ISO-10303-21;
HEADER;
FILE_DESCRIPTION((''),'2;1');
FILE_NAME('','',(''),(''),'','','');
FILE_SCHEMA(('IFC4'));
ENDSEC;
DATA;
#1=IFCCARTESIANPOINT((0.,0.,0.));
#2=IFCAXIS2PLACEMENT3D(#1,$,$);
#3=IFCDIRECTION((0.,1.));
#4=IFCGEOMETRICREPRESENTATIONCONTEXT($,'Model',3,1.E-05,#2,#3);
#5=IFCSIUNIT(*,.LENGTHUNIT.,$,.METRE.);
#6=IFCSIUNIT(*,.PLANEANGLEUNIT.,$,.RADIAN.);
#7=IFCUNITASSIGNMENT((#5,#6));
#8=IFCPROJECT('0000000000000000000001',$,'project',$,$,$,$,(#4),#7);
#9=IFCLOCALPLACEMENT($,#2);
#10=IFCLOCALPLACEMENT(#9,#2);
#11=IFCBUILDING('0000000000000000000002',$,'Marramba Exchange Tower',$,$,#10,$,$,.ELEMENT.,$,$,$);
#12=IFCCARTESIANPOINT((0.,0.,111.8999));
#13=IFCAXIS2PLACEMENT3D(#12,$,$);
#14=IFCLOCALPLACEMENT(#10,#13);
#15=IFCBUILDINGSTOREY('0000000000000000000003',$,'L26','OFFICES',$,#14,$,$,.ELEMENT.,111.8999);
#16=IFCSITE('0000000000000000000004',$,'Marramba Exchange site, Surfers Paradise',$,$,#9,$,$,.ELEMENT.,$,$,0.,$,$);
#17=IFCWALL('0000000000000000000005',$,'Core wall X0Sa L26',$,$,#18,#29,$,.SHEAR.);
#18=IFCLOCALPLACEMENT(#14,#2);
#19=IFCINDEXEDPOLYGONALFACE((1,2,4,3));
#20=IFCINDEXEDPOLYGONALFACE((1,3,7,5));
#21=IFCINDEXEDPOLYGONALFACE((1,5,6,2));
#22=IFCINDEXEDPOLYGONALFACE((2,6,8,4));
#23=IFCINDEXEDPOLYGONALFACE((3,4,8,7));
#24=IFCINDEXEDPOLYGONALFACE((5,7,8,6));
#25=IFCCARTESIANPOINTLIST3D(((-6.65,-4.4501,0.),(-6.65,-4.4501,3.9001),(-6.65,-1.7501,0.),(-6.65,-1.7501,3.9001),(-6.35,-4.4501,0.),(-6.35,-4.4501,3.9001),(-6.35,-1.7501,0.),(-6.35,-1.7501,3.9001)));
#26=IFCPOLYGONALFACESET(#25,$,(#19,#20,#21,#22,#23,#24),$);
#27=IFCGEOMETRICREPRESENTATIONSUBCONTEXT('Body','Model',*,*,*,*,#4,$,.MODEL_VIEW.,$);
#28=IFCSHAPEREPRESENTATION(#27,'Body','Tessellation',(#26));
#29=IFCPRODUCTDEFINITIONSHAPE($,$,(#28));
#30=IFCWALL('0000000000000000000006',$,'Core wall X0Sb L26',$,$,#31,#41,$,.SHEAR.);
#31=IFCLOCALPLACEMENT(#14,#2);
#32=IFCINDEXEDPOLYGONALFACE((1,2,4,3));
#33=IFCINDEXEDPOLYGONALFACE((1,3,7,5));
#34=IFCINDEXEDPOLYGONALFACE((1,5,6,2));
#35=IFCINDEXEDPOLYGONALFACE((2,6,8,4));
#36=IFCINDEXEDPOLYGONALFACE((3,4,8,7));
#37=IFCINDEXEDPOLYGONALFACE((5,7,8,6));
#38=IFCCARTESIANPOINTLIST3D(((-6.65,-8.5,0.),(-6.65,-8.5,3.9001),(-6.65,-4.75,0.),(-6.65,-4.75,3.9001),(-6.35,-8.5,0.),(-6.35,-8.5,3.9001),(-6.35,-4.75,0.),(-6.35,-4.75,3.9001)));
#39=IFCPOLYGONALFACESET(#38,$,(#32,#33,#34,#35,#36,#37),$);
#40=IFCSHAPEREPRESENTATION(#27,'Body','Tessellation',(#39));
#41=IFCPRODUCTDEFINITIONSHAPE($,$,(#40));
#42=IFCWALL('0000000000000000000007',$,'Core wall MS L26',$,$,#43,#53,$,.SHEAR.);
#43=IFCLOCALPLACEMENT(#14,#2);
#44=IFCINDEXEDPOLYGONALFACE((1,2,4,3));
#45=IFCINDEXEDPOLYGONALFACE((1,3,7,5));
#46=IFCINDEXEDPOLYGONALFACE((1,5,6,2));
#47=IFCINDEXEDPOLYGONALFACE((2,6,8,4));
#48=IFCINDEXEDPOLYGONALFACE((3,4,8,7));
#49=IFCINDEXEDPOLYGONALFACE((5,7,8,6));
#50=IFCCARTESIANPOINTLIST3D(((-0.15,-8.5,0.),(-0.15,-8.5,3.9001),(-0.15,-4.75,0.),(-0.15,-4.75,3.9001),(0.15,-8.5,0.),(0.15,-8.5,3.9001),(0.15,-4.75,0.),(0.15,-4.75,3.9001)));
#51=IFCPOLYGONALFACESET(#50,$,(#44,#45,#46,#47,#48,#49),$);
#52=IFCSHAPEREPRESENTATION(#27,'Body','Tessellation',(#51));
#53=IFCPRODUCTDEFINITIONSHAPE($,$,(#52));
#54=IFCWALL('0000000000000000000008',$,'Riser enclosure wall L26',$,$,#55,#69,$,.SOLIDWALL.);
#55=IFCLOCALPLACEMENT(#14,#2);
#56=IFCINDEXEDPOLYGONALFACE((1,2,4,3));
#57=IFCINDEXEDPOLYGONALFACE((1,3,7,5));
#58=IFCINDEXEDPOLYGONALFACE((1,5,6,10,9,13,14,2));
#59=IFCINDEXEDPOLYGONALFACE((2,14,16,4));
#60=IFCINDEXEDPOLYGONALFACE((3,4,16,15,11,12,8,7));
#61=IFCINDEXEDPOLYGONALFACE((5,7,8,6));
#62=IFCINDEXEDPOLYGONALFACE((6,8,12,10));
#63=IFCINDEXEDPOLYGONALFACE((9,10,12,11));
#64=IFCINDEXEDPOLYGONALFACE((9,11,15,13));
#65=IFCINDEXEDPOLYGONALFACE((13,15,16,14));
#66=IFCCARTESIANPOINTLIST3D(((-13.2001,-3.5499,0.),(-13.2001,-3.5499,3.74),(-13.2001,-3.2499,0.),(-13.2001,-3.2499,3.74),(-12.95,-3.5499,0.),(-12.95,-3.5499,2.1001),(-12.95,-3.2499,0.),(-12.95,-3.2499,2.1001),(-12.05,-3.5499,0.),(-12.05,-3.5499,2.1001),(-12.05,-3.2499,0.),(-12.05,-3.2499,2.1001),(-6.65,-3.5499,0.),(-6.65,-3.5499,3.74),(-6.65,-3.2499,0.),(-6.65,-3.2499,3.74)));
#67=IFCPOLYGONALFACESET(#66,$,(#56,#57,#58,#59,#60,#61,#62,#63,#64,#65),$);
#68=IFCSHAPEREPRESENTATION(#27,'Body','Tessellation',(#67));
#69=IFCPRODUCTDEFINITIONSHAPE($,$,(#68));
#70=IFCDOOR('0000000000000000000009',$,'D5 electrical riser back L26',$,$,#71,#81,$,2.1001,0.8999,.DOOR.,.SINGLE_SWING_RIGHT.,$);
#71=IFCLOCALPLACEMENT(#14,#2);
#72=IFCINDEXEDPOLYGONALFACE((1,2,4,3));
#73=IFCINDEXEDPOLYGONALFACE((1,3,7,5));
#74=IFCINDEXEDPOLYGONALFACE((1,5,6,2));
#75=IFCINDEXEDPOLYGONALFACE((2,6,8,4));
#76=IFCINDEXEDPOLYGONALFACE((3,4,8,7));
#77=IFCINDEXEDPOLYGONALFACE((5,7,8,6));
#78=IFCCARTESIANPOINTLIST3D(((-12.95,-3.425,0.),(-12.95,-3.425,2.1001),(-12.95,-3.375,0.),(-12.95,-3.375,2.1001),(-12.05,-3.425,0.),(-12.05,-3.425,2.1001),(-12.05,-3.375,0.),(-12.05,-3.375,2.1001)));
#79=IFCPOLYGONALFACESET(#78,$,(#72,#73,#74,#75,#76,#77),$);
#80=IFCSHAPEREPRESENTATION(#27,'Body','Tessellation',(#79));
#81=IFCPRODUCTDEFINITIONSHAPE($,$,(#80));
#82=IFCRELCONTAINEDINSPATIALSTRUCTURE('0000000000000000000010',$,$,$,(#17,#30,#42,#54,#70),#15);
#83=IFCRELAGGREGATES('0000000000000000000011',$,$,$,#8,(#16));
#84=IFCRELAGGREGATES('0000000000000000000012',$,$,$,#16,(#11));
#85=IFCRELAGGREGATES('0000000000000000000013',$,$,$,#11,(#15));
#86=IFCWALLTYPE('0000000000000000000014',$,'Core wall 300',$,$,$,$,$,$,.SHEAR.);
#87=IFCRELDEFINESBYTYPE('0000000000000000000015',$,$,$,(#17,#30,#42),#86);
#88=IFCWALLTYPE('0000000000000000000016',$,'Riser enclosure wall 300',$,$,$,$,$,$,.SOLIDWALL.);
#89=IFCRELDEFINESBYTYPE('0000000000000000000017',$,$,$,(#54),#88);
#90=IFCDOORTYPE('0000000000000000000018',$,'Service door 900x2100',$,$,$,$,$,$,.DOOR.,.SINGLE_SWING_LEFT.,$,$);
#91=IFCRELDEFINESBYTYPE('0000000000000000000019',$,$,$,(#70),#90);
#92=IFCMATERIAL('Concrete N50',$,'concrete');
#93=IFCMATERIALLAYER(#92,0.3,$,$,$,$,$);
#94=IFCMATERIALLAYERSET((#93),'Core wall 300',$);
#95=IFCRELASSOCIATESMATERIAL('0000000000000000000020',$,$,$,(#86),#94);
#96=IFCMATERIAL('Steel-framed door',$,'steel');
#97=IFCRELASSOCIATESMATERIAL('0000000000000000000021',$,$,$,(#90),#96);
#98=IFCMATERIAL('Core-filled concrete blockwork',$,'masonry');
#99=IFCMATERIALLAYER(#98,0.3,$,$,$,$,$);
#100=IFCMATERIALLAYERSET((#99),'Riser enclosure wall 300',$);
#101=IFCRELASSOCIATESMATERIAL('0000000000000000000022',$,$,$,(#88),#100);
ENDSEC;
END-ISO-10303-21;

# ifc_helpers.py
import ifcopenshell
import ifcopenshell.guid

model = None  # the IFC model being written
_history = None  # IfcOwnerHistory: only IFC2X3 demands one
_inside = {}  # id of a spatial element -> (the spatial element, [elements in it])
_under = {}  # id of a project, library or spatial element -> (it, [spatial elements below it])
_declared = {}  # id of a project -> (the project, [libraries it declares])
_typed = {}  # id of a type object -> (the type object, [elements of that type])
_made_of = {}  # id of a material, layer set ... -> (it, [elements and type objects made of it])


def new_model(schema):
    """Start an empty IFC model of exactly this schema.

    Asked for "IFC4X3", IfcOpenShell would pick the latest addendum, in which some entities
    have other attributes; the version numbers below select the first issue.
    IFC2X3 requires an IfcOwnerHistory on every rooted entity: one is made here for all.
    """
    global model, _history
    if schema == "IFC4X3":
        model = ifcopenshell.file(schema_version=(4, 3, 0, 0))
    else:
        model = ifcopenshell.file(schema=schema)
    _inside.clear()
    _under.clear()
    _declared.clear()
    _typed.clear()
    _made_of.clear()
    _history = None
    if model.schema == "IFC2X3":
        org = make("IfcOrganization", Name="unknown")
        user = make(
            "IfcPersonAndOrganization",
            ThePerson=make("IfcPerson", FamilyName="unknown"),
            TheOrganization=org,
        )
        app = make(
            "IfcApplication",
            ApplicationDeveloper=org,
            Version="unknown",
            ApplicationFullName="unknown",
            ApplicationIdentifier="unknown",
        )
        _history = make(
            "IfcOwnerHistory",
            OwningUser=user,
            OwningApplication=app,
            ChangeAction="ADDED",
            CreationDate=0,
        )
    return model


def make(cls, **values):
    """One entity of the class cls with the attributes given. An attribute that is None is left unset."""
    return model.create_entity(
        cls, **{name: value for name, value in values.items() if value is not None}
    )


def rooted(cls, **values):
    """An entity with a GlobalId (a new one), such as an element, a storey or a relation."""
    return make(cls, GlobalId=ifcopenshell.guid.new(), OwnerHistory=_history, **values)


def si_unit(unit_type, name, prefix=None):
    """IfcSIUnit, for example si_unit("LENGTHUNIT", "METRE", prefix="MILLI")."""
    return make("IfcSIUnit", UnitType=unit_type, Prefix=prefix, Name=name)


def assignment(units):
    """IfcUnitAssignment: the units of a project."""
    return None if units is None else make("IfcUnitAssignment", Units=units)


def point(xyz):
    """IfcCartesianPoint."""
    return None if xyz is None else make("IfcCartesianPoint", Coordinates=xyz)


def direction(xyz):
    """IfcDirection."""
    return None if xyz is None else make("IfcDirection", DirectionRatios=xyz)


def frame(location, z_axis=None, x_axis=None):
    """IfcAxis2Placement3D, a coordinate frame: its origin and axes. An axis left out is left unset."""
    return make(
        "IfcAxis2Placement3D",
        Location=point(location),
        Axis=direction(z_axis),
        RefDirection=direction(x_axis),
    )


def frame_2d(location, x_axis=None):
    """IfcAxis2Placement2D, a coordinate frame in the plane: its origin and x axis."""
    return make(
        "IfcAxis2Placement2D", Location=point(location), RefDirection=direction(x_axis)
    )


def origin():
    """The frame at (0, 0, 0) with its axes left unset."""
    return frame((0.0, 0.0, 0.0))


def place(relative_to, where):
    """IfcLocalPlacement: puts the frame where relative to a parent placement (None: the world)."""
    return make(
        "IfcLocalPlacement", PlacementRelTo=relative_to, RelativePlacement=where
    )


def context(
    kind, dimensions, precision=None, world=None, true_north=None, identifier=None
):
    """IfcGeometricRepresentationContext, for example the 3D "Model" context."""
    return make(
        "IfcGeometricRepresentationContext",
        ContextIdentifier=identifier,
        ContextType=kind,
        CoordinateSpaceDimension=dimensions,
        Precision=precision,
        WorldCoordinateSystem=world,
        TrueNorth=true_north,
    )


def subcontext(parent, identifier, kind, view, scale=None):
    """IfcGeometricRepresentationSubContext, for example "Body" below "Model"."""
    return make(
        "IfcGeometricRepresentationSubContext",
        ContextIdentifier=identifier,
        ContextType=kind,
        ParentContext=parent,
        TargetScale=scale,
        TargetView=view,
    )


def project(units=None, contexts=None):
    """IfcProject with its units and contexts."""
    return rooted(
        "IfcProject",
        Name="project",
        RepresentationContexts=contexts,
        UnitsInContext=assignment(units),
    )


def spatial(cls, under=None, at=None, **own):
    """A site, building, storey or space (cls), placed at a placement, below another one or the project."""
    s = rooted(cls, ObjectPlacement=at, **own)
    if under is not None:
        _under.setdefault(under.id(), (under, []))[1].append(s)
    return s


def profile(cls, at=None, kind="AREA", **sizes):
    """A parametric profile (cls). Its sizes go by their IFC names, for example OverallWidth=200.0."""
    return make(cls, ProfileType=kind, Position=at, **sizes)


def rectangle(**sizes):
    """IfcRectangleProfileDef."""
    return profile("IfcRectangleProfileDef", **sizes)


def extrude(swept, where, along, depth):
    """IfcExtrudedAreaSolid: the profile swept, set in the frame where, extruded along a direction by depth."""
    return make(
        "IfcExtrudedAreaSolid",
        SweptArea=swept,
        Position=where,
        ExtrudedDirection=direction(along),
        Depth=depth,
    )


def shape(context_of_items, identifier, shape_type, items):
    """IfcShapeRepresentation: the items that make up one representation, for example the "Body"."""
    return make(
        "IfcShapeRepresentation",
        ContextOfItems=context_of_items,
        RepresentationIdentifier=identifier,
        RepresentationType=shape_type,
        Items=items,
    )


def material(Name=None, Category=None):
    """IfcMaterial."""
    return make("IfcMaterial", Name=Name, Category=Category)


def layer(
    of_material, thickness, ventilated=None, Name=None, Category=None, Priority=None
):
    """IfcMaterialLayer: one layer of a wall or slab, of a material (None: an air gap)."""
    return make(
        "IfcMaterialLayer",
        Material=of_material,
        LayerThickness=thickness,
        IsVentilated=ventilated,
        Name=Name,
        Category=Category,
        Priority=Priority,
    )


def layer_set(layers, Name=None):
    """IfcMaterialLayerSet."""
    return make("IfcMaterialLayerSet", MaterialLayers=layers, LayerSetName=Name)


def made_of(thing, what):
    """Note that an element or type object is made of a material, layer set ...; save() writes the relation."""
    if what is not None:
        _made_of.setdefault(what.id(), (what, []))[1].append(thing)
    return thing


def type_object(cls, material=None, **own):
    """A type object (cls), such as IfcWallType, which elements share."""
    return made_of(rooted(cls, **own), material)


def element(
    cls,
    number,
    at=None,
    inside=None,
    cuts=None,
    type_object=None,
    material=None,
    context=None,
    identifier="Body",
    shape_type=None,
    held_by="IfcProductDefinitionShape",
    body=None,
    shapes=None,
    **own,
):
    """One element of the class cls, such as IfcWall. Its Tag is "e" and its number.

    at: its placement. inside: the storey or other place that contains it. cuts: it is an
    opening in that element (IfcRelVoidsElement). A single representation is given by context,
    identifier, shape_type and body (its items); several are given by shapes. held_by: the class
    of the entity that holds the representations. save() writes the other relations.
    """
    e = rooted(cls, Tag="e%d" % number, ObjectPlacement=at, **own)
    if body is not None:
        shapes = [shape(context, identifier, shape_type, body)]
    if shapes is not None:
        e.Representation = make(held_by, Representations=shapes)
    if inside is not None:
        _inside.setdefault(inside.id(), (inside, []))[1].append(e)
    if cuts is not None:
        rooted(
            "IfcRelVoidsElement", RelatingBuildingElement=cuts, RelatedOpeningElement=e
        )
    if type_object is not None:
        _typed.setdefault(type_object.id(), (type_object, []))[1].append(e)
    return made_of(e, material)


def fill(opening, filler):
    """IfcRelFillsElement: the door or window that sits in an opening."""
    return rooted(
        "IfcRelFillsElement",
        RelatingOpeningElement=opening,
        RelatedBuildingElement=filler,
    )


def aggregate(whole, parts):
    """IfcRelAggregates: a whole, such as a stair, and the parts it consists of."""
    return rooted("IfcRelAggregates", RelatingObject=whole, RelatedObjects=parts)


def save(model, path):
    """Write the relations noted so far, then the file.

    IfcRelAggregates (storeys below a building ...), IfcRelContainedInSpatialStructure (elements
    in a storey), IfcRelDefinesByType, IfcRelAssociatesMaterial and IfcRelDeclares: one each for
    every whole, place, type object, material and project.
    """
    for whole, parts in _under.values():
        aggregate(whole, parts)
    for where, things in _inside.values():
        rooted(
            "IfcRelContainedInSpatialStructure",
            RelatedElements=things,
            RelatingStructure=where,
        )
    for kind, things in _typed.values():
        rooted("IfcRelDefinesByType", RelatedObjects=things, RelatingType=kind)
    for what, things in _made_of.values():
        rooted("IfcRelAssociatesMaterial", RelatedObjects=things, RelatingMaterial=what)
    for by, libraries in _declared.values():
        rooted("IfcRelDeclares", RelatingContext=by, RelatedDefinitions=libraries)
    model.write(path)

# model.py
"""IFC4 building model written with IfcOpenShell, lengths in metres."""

from ifc_helpers import new_model, si_unit, direction, frame, frame_2d, origin, place, context, subcontext, project, spatial, rectangle, extrude, material, layer, layer_set, type_object, element, fill, save


model = new_model("IFC4")

# Units and contexts
model_context = context("Model", 3, precision=1e-05, world=origin(), true_north=direction((0.0, 1.0)))
body_context = subcontext(model_context, "Body", "Model", "MODEL_VIEW")
ifc_project = project(units=[si_unit("LENGTHUNIT", "METRE"), si_unit("PLANEANGLEUNIT", "RADIAN")], contexts=[model_context])

# Site, building, storey
site_placement = place(None, origin())
site = spatial("IfcSite", under=ifc_project, at=site_placement, Name="Marramba Exchange site, Surfers Paradise", CompositionType="ELEMENT", RefElevation=0.0)
building_placement = place(site_placement, origin())
building = spatial("IfcBuilding", under=site, at=building_placement, Name="Marramba Exchange Tower", CompositionType="ELEMENT")
storey_placement = place(building_placement, frame((0.0, 0.0, 111.8999)))
storey = spatial("IfcBuildingStorey", under=building, at=storey_placement, Name="L26", Description="OFFICES", CompositionType="ELEMENT", Elevation=111.8999)

# Shared definitions
ifc_material_1 = material(Name="Concrete N50", Category="concrete")

# Shared definitions
ifc_layer_1 = layer(ifc_material_1, 0.3)
ifc_layer_set_1 = layer_set([ifc_layer_1], Name="Core wall 300")
wall_type_1 = type_object("IfcWallType", Name="Core wall 300", PredefinedType="SHEAR", material=ifc_layer_set_1)
ifc_material_2 = material(Name="Steel-framed door", Category="steel")
door_type_1 = type_object("IfcDoorType", Name="Service door 900x2100", OperationType="SINGLE_SWING_LEFT", PredefinedType="DOOR", material=ifc_material_2)

# Walls
wall_1_placement = place(storey_placement, frame((-6.5, -1.75, 0.0), z_axis=(0.0, 0.0, 1.0), x_axis=(0.0, -1.0, 0.0)))
element("IfcWall", 1, at=wall_1_placement, inside=storey, type_object=wall_type_1, Name="Core wall X0Sa L26", PredefinedType="SHEAR", context=body_context, shape_type="SweptSolid", body=[
    extrude(rectangle(XDim=2.7, YDim=0.3, at=frame_2d((1.3501, 0.0))), origin(), (0.0, 0.0, 1.0), 3.9001),
])
for number, where, z_axis, x_axis, name in (
    (2, (-6.5, -4.75, 0.0), (0.0, 0.0, 1.0), (0.0, -1.0, 0.0), "Core wall X0Sb L26"),
    (3, (0.0, -4.75, 0.0), (0.0, 0.0, 1.0), (0.0, -1.0, 0.0), "Core wall MS L26"),
):
    element("IfcWall", number, at=place(storey_placement, frame(where, z_axis=z_axis, x_axis=x_axis)), inside=storey, type_object=wall_type_1, Name=name, PredefinedType="SHEAR", context=body_context, shape_type="SweptSolid", body=[
        extrude(rectangle(XDim=3.75, YDim=0.3, at=frame_2d((1.875, 0.0))), origin(), (0.0, 0.0, 1.0), 3.9001),
    ])

# Wall, opening, door
ifc_material_3 = material(Name="Core-filled concrete blockwork", Category="masonry")
ifc_layer_2 = layer(ifc_material_3, 0.3)
ifc_layer_set_2 = layer_set([ifc_layer_2], Name="Riser enclosure wall 300")
wall_type_2 = type_object("IfcWallType", Name="Riser enclosure wall 300", PredefinedType="SOLIDWALL", material=ifc_layer_set_2)
wall_2_placement = place(storey_placement, frame((-13.2, -3.3999, 0.0), z_axis=(0.0, 0.0, 1.0), x_axis=(1.0, 0.0, 0.0)))
wall_2 = element("IfcWall", 4, at=wall_2_placement, inside=storey, type_object=wall_type_2, Name="Riser enclosure wall L26", PredefinedType="SOLIDWALL", context=body_context, shape_type="SweptSolid", body=[
    extrude(rectangle(XDim=6.55, YDim=0.3, at=frame_2d((3.2749, 0.0))), origin(), (0.0, 0.0, 1.0), 3.74),
])
opening_1_placement = place(wall_2_placement, frame((0.25, 0.0, 0.0)))
opening_1 = element("IfcOpeningElement", 5, at=opening_1_placement, cuts=wall_2, PredefinedType="OPENING", context=body_context, shape_type="SweptSolid", body=[
    extrude(rectangle(XDim=0.8999, YDim=2.1001, at=frame_2d((0.45, 1.05))), frame((0.0, 0.1599, 0.0), z_axis=(0.0, -1.0, 0.0), x_axis=(1.0, 0.0, 0.0)), (0.0, 0.0, 1.0), 0.3201),
])
door_1_placement = place(opening_1_placement, frame((0.8999, 0.0, 0.0), z_axis=(0.0, 0.0, 1.0), x_axis=(-1.0, 0.0, 0.0)))
door_1 = element("IfcDoor", 6, at=door_1_placement, inside=storey, type_object=door_type_1, Name="D5 electrical riser back L26", OperationType="SINGLE_SWING_RIGHT", OverallHeight=2.1001, OverallWidth=0.8999, PredefinedType="DOOR", context=body_context, shape_type="SweptSolid", body=[
    extrude(rectangle(XDim=0.8999, YDim=2.1001, at=frame_2d((0.45, 1.05))), frame((0.0, 0.0251, 0.0), z_axis=(0.0, -1.0, 0.0), x_axis=(1.0, 0.0, 0.0)), (0.0, 0.0, 1.0), 0.05),
])
fill(opening_1, door_1)

save(model, "model.ifc")
